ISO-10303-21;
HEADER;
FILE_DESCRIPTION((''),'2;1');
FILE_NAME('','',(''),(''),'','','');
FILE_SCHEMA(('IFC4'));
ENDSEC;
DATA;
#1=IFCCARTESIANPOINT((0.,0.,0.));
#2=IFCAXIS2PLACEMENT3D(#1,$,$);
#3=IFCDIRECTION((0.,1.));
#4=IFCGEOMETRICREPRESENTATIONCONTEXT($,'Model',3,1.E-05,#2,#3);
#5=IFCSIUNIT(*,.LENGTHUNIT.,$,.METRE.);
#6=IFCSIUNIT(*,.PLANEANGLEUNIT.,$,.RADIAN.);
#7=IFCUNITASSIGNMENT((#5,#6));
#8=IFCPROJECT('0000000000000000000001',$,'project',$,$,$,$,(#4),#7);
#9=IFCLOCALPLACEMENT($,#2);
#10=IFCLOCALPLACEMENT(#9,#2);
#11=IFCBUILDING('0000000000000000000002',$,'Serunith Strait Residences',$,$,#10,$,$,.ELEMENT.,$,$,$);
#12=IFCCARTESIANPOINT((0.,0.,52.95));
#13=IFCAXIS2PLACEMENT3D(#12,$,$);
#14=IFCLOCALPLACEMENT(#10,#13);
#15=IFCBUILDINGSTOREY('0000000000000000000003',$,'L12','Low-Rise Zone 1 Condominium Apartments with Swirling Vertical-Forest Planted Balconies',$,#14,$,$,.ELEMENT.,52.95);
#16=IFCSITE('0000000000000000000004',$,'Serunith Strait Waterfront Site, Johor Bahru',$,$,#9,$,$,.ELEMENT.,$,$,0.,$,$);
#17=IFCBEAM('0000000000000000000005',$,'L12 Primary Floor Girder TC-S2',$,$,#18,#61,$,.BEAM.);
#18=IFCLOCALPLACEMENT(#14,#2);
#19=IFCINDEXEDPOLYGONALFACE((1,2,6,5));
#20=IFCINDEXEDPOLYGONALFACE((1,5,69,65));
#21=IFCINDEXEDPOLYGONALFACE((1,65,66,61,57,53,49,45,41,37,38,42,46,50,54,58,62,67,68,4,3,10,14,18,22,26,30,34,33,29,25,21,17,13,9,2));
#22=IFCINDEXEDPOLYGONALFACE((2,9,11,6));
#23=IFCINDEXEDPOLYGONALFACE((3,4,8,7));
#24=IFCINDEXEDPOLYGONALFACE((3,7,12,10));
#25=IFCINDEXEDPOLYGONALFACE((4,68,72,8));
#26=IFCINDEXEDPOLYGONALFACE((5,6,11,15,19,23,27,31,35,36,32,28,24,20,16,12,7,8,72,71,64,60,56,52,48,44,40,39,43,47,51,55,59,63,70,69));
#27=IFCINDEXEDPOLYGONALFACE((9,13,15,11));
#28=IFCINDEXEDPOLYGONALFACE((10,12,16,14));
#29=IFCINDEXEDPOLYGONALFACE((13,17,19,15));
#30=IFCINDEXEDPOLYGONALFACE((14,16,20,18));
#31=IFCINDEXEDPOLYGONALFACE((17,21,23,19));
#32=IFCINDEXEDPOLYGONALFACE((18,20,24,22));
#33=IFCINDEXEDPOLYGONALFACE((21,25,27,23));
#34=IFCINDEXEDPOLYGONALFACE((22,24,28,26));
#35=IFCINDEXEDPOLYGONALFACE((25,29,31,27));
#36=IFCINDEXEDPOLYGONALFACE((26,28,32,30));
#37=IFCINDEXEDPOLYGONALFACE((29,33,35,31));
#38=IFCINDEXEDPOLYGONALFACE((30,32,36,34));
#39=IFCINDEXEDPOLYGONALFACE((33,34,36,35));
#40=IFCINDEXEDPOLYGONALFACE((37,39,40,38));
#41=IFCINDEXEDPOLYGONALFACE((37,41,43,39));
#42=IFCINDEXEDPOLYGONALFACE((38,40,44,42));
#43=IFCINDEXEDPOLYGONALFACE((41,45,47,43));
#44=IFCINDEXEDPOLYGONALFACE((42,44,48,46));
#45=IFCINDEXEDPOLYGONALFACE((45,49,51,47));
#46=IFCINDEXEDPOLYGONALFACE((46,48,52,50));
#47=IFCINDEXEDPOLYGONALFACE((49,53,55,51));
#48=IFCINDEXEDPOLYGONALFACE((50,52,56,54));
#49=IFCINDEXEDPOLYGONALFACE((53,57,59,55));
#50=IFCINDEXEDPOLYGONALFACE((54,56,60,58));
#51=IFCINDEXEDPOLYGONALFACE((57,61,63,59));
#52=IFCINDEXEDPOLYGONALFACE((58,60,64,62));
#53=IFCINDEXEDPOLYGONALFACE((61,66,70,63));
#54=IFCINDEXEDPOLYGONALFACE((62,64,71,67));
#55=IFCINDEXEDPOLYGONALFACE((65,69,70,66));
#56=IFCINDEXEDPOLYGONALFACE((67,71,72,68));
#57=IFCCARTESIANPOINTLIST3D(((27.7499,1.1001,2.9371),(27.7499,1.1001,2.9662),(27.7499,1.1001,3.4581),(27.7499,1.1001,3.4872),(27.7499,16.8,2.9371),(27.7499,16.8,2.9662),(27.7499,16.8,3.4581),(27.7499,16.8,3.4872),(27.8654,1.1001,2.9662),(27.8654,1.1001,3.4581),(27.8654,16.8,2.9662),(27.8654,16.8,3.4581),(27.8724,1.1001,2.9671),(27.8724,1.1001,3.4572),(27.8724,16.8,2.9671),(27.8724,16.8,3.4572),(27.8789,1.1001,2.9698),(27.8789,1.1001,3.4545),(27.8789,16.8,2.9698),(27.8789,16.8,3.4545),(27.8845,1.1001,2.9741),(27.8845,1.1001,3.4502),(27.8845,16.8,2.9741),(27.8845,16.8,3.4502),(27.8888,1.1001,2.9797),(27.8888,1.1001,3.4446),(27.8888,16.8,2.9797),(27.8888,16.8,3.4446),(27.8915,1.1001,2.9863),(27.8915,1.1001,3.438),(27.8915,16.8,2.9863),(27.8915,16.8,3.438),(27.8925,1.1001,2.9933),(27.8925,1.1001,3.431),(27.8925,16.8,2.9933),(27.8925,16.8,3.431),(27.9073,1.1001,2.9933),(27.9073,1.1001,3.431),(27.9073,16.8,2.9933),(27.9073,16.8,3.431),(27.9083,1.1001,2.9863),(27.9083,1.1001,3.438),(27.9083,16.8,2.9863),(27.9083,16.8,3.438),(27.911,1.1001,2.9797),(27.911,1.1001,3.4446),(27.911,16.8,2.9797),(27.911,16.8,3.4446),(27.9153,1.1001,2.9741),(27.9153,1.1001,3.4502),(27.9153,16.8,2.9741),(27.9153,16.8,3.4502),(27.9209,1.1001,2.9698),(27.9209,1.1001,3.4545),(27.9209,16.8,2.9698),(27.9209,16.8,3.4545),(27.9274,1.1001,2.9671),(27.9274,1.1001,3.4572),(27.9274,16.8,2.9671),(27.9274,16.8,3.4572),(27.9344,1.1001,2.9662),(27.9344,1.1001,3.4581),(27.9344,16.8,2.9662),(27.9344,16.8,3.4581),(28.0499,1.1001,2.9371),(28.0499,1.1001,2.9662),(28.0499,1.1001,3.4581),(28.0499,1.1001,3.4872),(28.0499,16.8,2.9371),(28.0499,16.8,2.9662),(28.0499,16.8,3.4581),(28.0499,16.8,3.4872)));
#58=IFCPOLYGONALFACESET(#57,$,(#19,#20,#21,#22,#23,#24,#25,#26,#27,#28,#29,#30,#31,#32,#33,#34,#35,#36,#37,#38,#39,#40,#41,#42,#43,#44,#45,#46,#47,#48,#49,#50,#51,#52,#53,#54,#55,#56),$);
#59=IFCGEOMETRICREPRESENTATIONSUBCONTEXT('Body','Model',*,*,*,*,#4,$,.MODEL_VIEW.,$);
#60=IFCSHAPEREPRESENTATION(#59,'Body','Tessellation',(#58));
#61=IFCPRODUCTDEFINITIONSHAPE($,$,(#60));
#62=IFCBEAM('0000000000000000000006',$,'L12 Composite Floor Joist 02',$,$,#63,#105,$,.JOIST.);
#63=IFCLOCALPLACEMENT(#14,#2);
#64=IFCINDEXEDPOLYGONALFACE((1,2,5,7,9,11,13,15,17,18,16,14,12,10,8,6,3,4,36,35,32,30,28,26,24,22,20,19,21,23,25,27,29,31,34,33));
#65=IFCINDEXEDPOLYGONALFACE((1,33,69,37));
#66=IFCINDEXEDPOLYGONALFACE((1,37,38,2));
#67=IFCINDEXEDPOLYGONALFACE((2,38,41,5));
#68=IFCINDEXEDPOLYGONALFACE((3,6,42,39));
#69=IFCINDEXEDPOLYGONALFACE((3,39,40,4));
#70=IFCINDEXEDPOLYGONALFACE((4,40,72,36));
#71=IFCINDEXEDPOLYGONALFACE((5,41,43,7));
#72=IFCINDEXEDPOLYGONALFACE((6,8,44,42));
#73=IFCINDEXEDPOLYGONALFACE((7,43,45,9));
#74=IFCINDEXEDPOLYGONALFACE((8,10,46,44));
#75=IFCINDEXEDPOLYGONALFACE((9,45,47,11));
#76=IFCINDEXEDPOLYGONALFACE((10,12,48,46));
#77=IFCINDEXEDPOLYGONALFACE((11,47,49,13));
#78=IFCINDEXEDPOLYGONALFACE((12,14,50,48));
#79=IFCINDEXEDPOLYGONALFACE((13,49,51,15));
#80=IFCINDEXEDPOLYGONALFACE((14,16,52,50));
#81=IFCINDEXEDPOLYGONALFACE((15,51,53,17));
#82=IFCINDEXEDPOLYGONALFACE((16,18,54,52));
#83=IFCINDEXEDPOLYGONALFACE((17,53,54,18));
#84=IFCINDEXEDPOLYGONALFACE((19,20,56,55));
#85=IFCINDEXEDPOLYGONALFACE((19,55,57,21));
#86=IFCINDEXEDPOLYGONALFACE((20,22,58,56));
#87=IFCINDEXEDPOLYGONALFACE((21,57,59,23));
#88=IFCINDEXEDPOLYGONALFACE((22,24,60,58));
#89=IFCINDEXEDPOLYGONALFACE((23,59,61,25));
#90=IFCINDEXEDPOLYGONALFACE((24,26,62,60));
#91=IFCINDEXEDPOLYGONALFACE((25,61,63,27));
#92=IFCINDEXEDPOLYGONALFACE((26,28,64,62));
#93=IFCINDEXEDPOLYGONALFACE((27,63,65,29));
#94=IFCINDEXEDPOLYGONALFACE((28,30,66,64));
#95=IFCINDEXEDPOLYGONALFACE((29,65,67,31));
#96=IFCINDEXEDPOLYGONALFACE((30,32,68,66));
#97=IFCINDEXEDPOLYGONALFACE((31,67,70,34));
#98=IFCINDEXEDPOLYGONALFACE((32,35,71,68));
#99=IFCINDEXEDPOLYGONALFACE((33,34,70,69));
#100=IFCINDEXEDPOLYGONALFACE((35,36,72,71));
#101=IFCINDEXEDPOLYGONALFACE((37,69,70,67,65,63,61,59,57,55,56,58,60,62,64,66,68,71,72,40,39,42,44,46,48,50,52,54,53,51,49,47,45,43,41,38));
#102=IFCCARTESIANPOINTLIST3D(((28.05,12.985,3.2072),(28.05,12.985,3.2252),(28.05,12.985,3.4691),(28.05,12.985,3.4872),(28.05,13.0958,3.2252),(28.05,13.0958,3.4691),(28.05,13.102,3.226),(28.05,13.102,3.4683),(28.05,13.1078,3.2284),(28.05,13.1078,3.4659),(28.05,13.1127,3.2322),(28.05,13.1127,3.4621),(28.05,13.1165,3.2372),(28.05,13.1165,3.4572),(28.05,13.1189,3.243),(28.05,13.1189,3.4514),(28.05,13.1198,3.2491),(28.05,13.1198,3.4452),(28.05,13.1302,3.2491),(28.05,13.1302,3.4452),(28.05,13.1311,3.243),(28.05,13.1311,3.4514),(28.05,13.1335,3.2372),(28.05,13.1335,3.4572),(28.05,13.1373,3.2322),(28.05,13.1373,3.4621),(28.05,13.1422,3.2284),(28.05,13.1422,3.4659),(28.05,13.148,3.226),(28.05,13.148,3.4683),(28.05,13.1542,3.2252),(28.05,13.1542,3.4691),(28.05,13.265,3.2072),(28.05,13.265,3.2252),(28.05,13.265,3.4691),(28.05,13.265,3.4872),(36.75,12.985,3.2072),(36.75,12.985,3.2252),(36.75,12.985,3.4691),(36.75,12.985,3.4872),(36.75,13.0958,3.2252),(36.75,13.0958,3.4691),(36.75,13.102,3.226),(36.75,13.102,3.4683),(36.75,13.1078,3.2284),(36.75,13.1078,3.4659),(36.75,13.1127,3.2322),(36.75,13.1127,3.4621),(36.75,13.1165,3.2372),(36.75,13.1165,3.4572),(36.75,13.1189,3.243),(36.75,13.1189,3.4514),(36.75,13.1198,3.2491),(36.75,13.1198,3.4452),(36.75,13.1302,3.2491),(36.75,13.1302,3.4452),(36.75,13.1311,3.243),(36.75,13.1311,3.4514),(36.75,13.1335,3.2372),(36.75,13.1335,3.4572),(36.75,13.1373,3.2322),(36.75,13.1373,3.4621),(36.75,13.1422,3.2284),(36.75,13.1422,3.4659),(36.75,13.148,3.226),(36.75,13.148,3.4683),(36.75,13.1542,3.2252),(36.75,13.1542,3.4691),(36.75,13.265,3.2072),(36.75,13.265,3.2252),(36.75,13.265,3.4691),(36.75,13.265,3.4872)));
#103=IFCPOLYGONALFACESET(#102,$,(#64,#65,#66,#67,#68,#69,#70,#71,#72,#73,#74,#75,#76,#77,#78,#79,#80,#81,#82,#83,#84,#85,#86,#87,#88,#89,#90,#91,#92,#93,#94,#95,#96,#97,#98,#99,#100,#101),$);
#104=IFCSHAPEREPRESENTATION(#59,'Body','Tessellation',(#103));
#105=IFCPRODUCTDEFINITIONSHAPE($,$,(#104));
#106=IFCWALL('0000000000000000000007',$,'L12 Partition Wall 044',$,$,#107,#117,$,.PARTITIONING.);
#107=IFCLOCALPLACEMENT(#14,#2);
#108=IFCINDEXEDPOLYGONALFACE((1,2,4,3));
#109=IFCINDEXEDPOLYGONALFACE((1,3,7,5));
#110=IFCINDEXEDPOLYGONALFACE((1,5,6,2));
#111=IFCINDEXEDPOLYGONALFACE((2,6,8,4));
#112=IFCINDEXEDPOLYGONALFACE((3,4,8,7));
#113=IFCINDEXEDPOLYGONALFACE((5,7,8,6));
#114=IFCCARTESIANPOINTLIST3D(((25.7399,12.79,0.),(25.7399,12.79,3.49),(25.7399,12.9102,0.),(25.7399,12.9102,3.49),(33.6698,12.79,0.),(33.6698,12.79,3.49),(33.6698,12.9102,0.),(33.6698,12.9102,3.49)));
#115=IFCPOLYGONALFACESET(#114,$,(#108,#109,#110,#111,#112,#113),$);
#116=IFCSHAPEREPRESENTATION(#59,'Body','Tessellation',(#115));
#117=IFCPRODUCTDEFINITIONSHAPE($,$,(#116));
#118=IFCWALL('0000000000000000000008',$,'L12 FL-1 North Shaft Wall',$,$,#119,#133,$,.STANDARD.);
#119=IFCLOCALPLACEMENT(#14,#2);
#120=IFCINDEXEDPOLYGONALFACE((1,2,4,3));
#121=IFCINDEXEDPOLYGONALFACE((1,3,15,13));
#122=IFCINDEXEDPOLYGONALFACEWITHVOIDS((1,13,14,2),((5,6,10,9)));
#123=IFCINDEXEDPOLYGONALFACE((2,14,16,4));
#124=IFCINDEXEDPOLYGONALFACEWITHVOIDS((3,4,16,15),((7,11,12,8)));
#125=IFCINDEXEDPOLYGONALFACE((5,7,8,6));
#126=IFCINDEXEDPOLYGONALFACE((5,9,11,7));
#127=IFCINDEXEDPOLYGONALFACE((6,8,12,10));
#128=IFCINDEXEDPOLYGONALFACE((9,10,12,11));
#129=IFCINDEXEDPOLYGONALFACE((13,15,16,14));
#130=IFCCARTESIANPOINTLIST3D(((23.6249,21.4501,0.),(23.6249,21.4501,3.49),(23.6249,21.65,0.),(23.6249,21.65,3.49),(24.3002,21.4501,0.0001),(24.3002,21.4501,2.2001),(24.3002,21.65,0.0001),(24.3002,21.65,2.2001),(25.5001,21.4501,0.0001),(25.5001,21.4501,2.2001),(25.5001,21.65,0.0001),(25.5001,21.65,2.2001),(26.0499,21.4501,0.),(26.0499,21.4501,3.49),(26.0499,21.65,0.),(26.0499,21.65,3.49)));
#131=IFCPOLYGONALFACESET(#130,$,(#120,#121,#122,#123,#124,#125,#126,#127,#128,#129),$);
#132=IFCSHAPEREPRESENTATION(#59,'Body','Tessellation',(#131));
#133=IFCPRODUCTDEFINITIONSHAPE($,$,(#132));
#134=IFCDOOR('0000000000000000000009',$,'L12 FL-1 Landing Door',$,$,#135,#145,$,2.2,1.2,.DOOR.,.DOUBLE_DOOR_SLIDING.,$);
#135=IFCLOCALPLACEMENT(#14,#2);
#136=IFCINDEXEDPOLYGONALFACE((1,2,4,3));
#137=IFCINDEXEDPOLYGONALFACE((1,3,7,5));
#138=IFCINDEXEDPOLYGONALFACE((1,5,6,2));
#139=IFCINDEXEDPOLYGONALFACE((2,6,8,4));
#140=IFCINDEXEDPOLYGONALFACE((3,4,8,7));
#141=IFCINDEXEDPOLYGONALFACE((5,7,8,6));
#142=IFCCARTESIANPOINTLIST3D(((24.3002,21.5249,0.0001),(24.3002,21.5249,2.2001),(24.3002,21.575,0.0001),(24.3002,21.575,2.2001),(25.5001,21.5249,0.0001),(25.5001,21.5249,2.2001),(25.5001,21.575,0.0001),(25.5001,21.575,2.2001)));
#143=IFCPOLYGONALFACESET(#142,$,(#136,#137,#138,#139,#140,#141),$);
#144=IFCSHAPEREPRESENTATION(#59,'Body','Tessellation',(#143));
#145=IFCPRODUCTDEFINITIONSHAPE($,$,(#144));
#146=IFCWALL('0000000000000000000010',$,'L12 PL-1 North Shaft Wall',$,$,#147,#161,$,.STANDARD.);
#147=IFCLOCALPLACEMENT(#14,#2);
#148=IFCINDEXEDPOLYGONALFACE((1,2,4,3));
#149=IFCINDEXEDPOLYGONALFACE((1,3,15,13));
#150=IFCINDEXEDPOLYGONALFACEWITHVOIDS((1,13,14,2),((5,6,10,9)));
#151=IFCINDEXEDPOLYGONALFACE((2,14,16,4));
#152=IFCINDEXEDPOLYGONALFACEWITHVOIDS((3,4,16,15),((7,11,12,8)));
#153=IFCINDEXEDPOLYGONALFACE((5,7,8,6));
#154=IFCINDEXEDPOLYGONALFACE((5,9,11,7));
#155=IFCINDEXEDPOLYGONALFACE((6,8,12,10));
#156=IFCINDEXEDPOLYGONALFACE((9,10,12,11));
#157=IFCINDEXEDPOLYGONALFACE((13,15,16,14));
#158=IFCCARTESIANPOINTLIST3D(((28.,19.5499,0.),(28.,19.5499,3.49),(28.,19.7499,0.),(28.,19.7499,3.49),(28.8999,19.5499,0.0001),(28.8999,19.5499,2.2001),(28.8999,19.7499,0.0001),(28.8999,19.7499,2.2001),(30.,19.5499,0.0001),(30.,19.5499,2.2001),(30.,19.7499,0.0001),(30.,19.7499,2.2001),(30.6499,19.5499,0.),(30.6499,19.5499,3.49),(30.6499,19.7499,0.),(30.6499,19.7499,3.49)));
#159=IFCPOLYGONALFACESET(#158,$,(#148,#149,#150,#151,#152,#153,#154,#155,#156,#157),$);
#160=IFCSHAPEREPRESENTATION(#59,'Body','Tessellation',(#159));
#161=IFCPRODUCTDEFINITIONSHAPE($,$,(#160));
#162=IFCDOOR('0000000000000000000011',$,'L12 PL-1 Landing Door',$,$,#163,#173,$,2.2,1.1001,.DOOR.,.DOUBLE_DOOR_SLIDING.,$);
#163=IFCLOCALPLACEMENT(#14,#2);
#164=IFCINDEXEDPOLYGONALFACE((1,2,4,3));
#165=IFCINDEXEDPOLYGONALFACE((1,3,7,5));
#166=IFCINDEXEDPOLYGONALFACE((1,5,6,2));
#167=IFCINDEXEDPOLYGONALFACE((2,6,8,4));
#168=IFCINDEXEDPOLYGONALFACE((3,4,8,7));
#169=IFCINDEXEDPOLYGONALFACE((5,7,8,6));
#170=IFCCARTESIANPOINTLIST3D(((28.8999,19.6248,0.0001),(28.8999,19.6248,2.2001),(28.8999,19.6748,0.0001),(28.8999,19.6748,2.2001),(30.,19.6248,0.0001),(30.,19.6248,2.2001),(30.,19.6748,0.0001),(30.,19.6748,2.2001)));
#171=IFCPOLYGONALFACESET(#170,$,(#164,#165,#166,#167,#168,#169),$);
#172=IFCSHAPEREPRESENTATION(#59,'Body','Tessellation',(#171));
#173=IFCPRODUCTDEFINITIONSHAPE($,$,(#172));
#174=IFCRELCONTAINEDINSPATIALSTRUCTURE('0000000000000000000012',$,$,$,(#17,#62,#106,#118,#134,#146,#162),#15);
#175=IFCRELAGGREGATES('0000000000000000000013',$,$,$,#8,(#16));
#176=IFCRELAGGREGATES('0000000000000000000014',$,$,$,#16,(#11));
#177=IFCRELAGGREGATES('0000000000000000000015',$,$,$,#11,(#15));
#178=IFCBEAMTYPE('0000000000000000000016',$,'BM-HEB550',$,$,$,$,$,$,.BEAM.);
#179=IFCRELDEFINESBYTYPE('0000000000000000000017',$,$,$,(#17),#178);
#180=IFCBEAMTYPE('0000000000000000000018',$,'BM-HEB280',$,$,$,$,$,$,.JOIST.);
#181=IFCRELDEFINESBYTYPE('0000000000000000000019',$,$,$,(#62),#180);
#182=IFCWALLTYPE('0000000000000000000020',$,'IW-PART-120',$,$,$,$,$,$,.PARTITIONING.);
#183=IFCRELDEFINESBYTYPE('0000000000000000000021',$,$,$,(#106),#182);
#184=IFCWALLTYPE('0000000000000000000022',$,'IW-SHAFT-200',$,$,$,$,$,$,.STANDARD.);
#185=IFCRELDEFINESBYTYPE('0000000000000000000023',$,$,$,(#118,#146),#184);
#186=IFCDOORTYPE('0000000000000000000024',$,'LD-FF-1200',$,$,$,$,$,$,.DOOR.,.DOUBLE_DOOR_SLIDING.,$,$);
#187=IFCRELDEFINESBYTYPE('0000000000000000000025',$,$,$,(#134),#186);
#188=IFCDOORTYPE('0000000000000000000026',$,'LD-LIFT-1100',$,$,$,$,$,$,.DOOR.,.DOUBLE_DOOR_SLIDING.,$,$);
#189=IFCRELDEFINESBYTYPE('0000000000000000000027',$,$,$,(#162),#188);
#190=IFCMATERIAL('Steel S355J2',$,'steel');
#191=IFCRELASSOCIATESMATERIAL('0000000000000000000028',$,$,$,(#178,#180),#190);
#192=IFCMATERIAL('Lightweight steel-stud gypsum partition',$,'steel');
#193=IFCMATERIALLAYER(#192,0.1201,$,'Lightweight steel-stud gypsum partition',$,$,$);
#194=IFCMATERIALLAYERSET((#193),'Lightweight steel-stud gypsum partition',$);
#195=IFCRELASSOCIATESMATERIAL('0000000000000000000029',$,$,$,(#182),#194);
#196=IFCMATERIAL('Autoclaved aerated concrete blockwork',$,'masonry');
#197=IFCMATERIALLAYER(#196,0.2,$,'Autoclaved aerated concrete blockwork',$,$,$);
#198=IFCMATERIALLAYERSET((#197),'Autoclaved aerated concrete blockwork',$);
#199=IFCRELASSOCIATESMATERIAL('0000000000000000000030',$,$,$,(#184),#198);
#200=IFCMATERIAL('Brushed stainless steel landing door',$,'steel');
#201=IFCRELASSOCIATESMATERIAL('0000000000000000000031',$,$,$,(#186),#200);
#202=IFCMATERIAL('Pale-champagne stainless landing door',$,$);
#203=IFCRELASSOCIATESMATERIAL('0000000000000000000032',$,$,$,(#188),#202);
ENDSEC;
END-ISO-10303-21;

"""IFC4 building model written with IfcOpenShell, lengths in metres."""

from ifc_helpers import new_model, si_unit, direction, frame, frame_2d, origin, origin_2d, place, context, subcontext, project, spatial, rectangle, i_section, extrude, source, transform, mapped, material, layer, layer_set, material_profile, profile_set, type_object, element, fill, save


model = new_model("IFC4")

# Units and contexts
model_context = context("Model", 3, precision=1e-05, world=origin(), true_north=direction((0.0, 1.0)))
body_context = subcontext(model_context, "Body", "Model", "MODEL_VIEW")
ifc_project = project(units=[si_unit("LENGTHUNIT", "METRE"), si_unit("PLANEANGLEUNIT", "RADIAN")], contexts=[model_context])

# Site, building, storey
site_placement = place(None, origin())
site = spatial("IfcSite", under=ifc_project, at=site_placement, Name="Serunith Strait Waterfront Site, Johor Bahru", CompositionType="ELEMENT", RefElevation=0.0)
building_placement = place(site_placement, origin())
building = spatial("IfcBuilding", under=site, at=building_placement, Name="Serunith Strait Residences", CompositionType="ELEMENT")
storey_placement = place(building_placement, frame((0.0, 0.0, 52.95)))
storey = spatial("IfcBuildingStorey", under=building, at=storey_placement, Name="L12", Description="Low-Rise Zone 1 Condominium Apartments with Swirling Vertical-Forest Planted Balconies", CompositionType="ELEMENT", Elevation=52.95)

# Beams
ifc_material_1 = material(Name="Steel S355J2", Category="steel")
ifc_material_profile_1 = material_profile(ifc_material_1, i_section(OverallWidth=0.3, OverallDepth=0.55, WebThickness=0.0149, FlangeThickness=0.0291, FilletRadius=0.0271, at=origin_2d()), Name="HEB 550")
ifc_profile_set_1 = profile_set([ifc_material_profile_1], Name="Steel S355J2")
beam_type_1 = type_object("IfcBeamType", Name="BM-HEB550", PredefinedType="BEAM", material=ifc_profile_set_1)
shared_shape_1 = source(origin(), body_context, "Body", "SweptSolid", [
    extrude(i_section(OverallWidth=0.3, OverallDepth=0.55, WebThickness=0.0149, FlangeThickness=0.0291, FilletRadius=0.0271, at=origin_2d()), origin(), (0.0, 0.0, 1.0), 15.7),
])
beam_1_placement = place(storey_placement, frame((27.8999, 16.8, 3.2122), z_axis=(0.0, -1.0, 0.0), x_axis=(1.0, 0.0, 0.0)))
element("IfcBeam", 1, at=beam_1_placement, inside=storey, type_object=beam_type_1, Name="L12 Primary Floor Girder TC-S2", PredefinedType="BEAM", context=body_context, shape_type="MappedRepresentation", body=[
    mapped(shared_shape_1, transform((0.0, 0.0, 0.0), scale=1.0)),
])
ifc_material_profile_2 = material_profile(ifc_material_1, i_section(OverallWidth=0.28, OverallDepth=0.28, WebThickness=0.0105, FlangeThickness=0.0181, FilletRadius=0.0239, at=origin_2d()), Name="HEB 280")
ifc_profile_set_2 = profile_set([ifc_material_profile_2], Name="Steel S355J2")
beam_type_2 = type_object("IfcBeamType", Name="BM-HEB280", PredefinedType="JOIST", material=ifc_profile_set_2)
shared_shape_2 = source(origin(), body_context, "Body", "SweptSolid", [
    extrude(i_section(OverallWidth=0.28, OverallDepth=0.28, WebThickness=0.0105, FlangeThickness=0.0181, FilletRadius=0.0239, at=origin_2d()), origin(), (0.0, 0.0, 1.0), 8.7),
])
beam_2_placement = place(storey_placement, frame((28.05, 13.125, 3.3472), z_axis=(1.0, 0.0, 0.0), x_axis=(0.0, 1.0, 0.0)))
element("IfcBeam", 2, at=beam_2_placement, inside=storey, type_object=beam_type_2, Name="L12 Composite Floor Joist 02", PredefinedType="JOIST", context=body_context, shape_type="MappedRepresentation", body=[
    mapped(shared_shape_2, transform((0.0, 0.0, 0.0), scale=1.0)),
])

# Wall
ifc_material_2 = material(Name="Lightweight steel-stud gypsum partition", Category="steel")
ifc_layer_1 = layer(ifc_material_2, 0.1201, Name="Lightweight steel-stud gypsum partition")
ifc_layer_set_1 = layer_set([ifc_layer_1], Name="Lightweight steel-stud gypsum partition")
wall_type_1 = type_object("IfcWallType", Name="IW-PART-120", PredefinedType="PARTITIONING", material=ifc_layer_set_1)
wall_1_placement = place(storey_placement, frame((25.74, 12.8501, 0.0), z_axis=(0.0, 0.0, 1.0), x_axis=(1.0, 0.0, 0.0)))
element("IfcWall", 3, at=wall_1_placement, inside=storey, type_object=wall_type_1, Name="L12 Partition Wall 044", PredefinedType="PARTITIONING", context=body_context, shape_type="SweptSolid", body=[
    extrude(rectangle(XDim=7.9299, YDim=0.1201, at=frame_2d((3.9648, 0.0))), origin(), (0.0, 0.0, 1.0), 3.49),
])

# Walls, openings, doors
ifc_material_3 = material(Name="Autoclaved aerated concrete blockwork", Category="masonry")
ifc_layer_2 = layer(ifc_material_3, 0.2, Name="Autoclaved aerated concrete blockwork")
ifc_layer_set_2 = layer_set([ifc_layer_2], Name="Autoclaved aerated concrete blockwork")
wall_type_2 = type_object("IfcWallType", Name="IW-SHAFT-200", PredefinedType="STANDARD", material=ifc_layer_set_2)
wall_2_placement = place(storey_placement, frame((23.625, 21.55, 0.0), z_axis=(0.0, 0.0, 1.0), x_axis=(1.0, 0.0, 0.0)))
wall_2 = element("IfcWall", 4, at=wall_2_placement, inside=storey, type_object=wall_type_2, Name="L12 FL-1 North Shaft Wall", PredefinedType="STANDARD", context=body_context, shape_type="SweptSolid", body=[
    extrude(rectangle(XDim=2.425, YDim=0.2, at=frame_2d((1.2124, 0.0))), origin(), (0.0, 0.0, 1.0), 3.49),
])
opening_1_placement = place(wall_2_placement, frame((0.675, 0.0, 0.0)))
opening_1 = element("IfcOpeningElement", 5, at=opening_1_placement, cuts=wall_2, PredefinedType="OPENING", context=body_context, shape_type="SweptSolid", body=[
    extrude(rectangle(XDim=1.2, YDim=2.2, at=frame_2d((0.6001, 1.1001))), frame((0.0, 0.1099, 0.0), z_axis=(0.0, -1.0, 0.0), x_axis=(1.0, 0.0, 0.0)), (0.0, 0.0, 1.0), 0.22),
])
ifc_material_4 = material(Name="Brushed stainless steel landing door", Category="steel")
door_type_1 = type_object("IfcDoorType", Name="LD-FF-1200", OperationType="DOUBLE_DOOR_SLIDING", PredefinedType="DOOR", material=ifc_material_4)
shared_shape_3 = source(origin(), body_context, "Body", "SweptSolid", [
    extrude(rectangle(XDim=1.2, YDim=2.2, at=frame_2d((0.6001, 1.1001))), frame((0.0, 0.0249, 0.0), z_axis=(0.0, -1.0, 0.0), x_axis=(1.0, 0.0, 0.0)), (0.0, 0.0, 1.0), 0.05),
])
door_1_placement = place(opening_1_placement, origin())
door_1 = element("IfcDoor", 6, at=door_1_placement, inside=storey, type_object=door_type_1, Name="L12 FL-1 Landing Door", OperationType="DOUBLE_DOOR_SLIDING", OverallHeight=2.2, OverallWidth=1.2, PredefinedType="DOOR", context=body_context, shape_type="MappedRepresentation", body=[
    mapped(shared_shape_3, transform((0.0, 0.0, 0.0), scale=1.0)),
])
fill(opening_1, door_1)
wall_3_placement = place(storey_placement, frame((28.0, 19.6499, 0.0), z_axis=(0.0, 0.0, 1.0), x_axis=(1.0, 0.0, 0.0)))
wall_3 = element("IfcWall", 7, at=wall_3_placement, inside=storey, type_object=wall_type_2, Name="L12 PL-1 North Shaft Wall", PredefinedType="STANDARD", context=body_context, shape_type="SweptSolid", body=[
    extrude(rectangle(XDim=2.6499, YDim=0.2, at=frame_2d((1.325, 0.0))), origin(), (0.0, 0.0, 1.0), 3.49),
])
opening_2_placement = place(wall_3_placement, frame((0.8999, 0.0, 0.0)))
opening_2 = element("IfcOpeningElement", 8, at=opening_2_placement, cuts=wall_3, PredefinedType="OPENING", context=body_context, shape_type="SweptSolid", body=[
    extrude(rectangle(XDim=1.1001, YDim=2.2, at=frame_2d((0.55, 1.1001))), frame((0.0, 0.1099, 0.0), z_axis=(0.0, -1.0, 0.0), x_axis=(1.0, 0.0, 0.0)), (0.0, 0.0, 1.0), 0.22),
])
ifc_material_5 = material(Name="Pale-champagne stainless landing door")
door_type_2 = type_object("IfcDoorType", Name="LD-LIFT-1100", OperationType="DOUBLE_DOOR_SLIDING", PredefinedType="DOOR", material=ifc_material_5)
shared_shape_4 = source(origin(), body_context, "Body", "SweptSolid", [
    extrude(rectangle(XDim=1.1001, YDim=2.2, at=frame_2d((0.55, 1.1001))), frame((0.0, 0.0249, 0.0), z_axis=(0.0, -1.0, 0.0), x_axis=(1.0, 0.0, 0.0)), (0.0, 0.0, 1.0), 0.05),
])
door_2_placement = place(opening_2_placement, origin())
door_2 = element("IfcDoor", 9, at=door_2_placement, inside=storey, type_object=door_type_2, Name="L12 PL-1 Landing Door", OperationType="DOUBLE_DOOR_SLIDING", OverallHeight=2.2, OverallWidth=1.1001, PredefinedType="DOOR", context=body_context, shape_type="MappedRepresentation", body=[
    mapped(shared_shape_4, transform((0.0, 0.0, 0.0), scale=1.0)),
])
fill(opening_2, door_2)

save(model, "model.ifc")
